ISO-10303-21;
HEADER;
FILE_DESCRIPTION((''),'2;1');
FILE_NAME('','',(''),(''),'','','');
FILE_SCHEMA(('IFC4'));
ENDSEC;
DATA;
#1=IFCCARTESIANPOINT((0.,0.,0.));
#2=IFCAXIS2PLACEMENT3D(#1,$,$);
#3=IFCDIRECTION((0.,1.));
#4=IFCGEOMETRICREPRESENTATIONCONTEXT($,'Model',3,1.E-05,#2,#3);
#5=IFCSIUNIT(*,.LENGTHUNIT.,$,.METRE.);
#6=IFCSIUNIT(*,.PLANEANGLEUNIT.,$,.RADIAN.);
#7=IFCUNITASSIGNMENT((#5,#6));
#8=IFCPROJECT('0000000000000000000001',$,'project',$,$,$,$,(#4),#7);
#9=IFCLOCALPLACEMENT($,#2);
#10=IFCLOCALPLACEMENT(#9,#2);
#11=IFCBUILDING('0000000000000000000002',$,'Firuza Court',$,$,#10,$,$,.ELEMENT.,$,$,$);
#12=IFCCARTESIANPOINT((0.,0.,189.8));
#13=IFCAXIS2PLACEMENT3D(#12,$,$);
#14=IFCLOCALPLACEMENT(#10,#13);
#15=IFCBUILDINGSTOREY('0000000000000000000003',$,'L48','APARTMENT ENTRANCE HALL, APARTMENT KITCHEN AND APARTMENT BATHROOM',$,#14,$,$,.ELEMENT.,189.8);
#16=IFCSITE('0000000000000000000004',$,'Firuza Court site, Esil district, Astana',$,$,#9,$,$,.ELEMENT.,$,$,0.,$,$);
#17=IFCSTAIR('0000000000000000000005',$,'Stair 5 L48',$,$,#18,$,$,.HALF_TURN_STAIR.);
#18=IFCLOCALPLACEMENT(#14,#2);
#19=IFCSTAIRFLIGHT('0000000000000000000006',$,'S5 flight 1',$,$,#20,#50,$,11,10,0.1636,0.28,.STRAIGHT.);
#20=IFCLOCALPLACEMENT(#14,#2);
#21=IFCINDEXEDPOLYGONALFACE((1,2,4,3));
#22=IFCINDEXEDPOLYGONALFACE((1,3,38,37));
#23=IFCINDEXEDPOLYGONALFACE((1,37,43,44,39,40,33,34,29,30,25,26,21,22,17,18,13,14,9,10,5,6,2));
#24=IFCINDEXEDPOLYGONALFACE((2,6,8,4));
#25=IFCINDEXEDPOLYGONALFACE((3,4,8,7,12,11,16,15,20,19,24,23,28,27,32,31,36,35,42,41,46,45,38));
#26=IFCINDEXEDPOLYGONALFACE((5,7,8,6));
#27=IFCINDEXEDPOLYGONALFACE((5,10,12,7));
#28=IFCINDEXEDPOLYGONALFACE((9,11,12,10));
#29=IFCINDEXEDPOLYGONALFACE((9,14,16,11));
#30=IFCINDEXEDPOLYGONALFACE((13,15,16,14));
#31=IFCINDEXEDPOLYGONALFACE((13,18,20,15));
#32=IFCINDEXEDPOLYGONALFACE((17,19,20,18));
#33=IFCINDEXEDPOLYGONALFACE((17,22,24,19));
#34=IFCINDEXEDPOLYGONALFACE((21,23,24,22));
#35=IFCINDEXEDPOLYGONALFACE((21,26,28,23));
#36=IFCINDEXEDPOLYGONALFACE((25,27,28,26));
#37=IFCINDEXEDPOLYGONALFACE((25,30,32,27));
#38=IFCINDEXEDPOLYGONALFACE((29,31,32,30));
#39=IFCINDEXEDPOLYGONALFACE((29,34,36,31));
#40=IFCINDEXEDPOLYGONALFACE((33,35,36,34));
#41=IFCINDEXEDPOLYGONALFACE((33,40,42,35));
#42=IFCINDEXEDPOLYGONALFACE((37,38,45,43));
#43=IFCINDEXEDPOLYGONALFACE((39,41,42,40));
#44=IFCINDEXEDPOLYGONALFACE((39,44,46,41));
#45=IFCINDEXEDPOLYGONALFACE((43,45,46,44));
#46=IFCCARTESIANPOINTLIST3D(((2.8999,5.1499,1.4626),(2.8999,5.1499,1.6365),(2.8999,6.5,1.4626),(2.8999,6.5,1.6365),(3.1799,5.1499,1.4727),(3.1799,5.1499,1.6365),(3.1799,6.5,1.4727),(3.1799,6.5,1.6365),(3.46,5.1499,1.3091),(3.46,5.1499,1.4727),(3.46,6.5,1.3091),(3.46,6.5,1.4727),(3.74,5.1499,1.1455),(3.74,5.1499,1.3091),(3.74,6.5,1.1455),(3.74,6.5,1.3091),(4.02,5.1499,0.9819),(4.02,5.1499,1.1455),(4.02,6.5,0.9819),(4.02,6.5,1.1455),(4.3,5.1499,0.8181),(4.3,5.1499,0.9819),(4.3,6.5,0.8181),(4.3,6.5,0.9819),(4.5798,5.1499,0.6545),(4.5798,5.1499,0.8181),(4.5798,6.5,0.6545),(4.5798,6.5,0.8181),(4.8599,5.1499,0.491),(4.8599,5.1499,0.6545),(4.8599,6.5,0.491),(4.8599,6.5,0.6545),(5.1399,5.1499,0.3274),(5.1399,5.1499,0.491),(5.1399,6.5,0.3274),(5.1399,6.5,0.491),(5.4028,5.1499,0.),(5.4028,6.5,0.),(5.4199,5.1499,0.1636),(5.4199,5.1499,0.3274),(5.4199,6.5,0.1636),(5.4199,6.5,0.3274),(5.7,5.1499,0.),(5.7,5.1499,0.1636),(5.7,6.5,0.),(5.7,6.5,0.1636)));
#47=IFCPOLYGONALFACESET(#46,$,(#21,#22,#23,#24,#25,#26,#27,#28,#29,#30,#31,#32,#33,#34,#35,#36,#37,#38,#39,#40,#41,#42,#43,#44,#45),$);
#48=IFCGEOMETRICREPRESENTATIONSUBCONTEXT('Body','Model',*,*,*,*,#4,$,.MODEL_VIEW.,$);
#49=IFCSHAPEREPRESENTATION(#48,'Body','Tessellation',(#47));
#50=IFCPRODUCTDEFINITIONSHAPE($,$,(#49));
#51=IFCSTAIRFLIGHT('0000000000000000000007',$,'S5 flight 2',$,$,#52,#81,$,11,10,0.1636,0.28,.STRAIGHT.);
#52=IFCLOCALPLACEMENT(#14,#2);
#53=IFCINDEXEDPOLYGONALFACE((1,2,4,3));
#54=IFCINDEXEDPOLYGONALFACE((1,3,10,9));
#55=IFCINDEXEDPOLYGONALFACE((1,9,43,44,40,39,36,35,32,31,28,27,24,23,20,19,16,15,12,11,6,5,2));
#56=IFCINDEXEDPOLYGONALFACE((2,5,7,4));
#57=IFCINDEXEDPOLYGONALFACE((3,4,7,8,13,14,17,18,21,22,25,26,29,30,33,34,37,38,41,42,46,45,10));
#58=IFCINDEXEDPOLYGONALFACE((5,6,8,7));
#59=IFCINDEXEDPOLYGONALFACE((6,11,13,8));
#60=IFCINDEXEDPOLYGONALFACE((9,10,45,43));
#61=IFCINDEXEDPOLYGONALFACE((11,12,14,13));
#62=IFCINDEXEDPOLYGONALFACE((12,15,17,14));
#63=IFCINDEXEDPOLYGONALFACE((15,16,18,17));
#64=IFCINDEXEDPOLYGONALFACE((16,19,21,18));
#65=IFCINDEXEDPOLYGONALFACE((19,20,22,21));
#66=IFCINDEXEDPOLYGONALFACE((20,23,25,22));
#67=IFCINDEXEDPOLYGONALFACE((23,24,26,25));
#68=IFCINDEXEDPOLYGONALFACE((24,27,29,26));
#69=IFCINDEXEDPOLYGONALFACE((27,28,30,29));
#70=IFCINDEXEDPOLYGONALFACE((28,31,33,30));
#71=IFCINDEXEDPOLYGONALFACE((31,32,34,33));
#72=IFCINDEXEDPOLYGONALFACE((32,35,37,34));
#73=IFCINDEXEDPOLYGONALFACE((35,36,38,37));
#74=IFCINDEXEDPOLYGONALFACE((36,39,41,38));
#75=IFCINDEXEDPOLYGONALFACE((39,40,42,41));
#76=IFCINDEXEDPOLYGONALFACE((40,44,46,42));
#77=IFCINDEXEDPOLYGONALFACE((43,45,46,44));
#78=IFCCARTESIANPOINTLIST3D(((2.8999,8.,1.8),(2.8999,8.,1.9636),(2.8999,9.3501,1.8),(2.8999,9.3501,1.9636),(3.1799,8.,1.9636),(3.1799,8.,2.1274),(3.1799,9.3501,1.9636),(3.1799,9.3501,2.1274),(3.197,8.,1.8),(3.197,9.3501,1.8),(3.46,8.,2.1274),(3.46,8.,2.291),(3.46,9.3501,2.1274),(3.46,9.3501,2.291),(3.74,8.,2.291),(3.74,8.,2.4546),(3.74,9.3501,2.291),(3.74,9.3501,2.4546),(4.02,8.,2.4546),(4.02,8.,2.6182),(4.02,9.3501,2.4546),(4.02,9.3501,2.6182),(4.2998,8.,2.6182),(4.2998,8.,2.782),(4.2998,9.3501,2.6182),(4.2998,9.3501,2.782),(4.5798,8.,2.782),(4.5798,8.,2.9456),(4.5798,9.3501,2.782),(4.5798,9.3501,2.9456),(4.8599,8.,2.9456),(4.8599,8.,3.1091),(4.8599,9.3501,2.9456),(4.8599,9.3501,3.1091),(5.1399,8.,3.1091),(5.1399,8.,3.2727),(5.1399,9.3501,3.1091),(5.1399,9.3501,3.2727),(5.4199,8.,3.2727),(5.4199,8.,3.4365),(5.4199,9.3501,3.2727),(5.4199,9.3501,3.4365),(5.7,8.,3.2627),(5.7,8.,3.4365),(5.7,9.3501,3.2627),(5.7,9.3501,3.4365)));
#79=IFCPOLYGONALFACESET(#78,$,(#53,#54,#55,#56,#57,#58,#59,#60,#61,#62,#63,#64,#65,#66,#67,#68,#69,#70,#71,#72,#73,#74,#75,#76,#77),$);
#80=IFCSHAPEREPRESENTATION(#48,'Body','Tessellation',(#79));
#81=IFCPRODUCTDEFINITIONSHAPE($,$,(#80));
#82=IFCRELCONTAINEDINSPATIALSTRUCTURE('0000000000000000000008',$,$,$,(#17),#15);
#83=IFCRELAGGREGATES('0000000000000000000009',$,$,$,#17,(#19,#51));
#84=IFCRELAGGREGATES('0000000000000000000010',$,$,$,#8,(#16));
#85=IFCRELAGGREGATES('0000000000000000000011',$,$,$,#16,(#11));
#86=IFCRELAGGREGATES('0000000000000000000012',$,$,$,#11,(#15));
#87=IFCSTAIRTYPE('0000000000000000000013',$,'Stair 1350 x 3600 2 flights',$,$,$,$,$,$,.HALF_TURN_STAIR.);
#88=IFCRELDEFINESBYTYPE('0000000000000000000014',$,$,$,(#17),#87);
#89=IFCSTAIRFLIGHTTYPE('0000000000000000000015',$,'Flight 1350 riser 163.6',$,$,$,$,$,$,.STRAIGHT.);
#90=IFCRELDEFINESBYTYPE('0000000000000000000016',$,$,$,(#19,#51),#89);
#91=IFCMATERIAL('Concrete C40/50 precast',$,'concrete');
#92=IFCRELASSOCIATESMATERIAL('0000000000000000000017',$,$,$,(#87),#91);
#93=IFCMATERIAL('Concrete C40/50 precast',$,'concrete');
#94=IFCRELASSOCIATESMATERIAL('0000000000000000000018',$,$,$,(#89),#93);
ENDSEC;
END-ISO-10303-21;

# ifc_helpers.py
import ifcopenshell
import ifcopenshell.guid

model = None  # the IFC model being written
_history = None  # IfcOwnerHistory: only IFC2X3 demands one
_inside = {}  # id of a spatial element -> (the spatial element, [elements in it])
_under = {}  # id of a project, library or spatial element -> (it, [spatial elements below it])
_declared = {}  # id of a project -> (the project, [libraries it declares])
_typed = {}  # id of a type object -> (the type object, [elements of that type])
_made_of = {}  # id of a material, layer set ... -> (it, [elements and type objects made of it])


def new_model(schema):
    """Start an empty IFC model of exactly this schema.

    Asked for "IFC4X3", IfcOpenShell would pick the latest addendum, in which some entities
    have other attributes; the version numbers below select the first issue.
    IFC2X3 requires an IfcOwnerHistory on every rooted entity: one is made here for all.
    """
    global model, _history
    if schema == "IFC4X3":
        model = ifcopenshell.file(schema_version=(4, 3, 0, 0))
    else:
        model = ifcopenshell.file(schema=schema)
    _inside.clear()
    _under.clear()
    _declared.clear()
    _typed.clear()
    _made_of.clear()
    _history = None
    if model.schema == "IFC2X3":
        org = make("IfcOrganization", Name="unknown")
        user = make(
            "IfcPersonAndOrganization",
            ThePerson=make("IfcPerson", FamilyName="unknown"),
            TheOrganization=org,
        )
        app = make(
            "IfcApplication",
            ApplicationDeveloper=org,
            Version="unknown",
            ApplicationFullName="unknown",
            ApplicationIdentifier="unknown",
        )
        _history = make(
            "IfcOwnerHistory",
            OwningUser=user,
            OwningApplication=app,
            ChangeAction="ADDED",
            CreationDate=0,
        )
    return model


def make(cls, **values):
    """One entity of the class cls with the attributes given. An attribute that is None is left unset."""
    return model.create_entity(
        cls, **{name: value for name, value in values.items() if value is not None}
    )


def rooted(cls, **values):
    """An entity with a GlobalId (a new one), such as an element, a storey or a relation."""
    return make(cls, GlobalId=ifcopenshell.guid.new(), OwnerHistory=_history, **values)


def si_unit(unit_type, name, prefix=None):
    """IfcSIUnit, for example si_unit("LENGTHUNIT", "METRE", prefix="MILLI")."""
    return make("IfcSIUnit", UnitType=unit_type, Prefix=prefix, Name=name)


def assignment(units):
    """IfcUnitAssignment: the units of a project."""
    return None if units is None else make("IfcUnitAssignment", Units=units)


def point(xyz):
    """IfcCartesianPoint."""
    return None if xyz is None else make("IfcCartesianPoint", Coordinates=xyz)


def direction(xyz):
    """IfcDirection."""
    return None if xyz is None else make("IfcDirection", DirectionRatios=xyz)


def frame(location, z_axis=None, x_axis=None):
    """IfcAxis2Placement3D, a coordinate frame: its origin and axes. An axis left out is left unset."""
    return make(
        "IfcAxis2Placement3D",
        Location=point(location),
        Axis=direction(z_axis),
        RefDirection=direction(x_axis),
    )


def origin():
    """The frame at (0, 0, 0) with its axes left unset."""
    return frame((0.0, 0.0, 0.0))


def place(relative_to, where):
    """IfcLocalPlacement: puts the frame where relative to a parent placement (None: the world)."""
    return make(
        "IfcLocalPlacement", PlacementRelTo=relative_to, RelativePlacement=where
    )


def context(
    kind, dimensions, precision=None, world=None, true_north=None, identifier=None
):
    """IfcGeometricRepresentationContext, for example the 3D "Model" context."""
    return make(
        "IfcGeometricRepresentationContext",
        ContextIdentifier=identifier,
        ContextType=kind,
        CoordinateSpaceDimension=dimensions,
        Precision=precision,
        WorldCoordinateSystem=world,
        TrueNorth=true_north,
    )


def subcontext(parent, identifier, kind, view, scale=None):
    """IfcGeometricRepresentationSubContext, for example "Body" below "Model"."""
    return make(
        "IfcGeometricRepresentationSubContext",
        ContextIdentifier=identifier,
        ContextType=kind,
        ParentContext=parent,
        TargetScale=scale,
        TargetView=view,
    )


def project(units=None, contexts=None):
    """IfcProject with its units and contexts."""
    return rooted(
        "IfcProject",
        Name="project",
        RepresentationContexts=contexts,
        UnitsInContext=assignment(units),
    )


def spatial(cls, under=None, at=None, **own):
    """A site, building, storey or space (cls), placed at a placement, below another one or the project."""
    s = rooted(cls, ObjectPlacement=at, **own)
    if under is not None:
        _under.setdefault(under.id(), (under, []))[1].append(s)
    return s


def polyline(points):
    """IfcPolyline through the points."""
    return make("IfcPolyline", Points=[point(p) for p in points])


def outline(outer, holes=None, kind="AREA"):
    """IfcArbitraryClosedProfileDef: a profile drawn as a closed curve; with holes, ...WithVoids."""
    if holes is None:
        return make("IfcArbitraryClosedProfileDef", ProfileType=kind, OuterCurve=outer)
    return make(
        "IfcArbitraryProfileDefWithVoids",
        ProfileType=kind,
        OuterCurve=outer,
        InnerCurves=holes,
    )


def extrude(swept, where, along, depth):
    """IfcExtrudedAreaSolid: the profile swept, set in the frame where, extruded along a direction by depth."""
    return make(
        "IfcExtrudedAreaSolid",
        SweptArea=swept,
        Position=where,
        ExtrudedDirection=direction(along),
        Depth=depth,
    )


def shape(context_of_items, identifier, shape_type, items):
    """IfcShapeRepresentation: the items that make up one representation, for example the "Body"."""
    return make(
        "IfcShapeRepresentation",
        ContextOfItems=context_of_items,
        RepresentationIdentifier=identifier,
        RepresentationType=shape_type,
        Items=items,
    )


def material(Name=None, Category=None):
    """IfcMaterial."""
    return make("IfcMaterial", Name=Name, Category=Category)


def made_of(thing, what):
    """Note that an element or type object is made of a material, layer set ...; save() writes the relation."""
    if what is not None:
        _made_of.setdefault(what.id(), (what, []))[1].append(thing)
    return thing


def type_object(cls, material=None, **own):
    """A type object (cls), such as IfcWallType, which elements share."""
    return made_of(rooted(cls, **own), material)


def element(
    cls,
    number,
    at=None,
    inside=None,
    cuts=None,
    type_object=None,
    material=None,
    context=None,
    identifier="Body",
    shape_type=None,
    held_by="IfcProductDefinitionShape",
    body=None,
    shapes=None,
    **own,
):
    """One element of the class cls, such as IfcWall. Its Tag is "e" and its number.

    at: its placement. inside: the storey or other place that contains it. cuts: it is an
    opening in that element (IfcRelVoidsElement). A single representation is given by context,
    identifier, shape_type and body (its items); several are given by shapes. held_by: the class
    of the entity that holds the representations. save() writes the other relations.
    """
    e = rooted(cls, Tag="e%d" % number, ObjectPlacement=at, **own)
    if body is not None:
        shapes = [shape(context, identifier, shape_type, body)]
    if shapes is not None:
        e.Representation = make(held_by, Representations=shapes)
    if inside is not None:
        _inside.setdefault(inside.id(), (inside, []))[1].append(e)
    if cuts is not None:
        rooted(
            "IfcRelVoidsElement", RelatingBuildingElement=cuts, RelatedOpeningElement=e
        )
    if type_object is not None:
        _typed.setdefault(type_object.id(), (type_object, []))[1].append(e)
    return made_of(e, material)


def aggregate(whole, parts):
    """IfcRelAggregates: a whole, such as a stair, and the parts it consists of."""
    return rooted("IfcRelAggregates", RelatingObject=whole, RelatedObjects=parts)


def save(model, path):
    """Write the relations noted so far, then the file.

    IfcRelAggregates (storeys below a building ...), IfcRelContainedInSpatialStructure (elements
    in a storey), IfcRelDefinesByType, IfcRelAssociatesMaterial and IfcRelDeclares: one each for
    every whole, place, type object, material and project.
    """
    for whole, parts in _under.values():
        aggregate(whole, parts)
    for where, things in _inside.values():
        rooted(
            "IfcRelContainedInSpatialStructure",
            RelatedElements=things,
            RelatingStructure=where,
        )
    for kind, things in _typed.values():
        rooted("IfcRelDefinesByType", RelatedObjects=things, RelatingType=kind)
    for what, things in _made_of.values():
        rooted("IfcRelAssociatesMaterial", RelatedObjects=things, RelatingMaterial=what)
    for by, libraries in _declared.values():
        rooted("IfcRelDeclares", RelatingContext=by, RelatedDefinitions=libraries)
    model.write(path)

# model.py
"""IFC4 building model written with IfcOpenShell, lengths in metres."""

from ifc_helpers import new_model, si_unit, direction, frame, origin, place, context, subcontext, project, spatial, polyline, outline, extrude, material, type_object, element, aggregate, save


model = new_model("IFC4")

# Units and contexts
model_context = context("Model", 3, precision=1e-05, world=origin(), true_north=direction((0.0, 1.0)))
body_context = subcontext(model_context, "Body", "Model", "MODEL_VIEW")
ifc_project = project(units=[si_unit("LENGTHUNIT", "METRE"), si_unit("PLANEANGLEUNIT", "RADIAN")], contexts=[model_context])

# Site, building, storey
site_placement = place(None, origin())
site = spatial("IfcSite", under=ifc_project, at=site_placement, Name="Firuza Court site, Esil district, Astana", CompositionType="ELEMENT", RefElevation=0.0)
building_placement = place(site_placement, origin())
building = spatial("IfcBuilding", under=site, at=building_placement, Name="Firuza Court", CompositionType="ELEMENT")
storey_placement = place(building_placement, frame((0.0, 0.0, 189.8)))
storey = spatial("IfcBuildingStorey", under=building, at=storey_placement, Name="L48", Description="APARTMENT ENTRANCE HALL, APARTMENT KITCHEN AND APARTMENT BATHROOM", CompositionType="ELEMENT", Elevation=189.8)

# Stair, stair flights
ifc_material_1 = material(Name="Concrete C40/50 precast", Category="concrete")
stair_type = type_object("IfcStairType", Name="Stair 1350 x 3600 2 flights", PredefinedType="HALF_TURN_STAIR", material=ifc_material_1)
stair_placement = place(storey_placement, origin())
stair = element("IfcStair", 1, at=stair_placement, inside=storey, type_object=stair_type, Name="Stair 5 L48", PredefinedType="HALF_TURN_STAIR")
ifc_material_2 = material(Name="Concrete C40/50 precast", Category="concrete")
stair_flight_type = type_object("IfcStairFlightType", Name="Flight 1350 riser 163.6", PredefinedType="STRAIGHT", material=ifc_material_2)
stair_flight_1_placement = place(storey_placement, frame((5.7, 5.825, 0.0), z_axis=(0.0, 0.0, 1.0), x_axis=(-1.0, 0.0, 0.0)))
stair_flight_1 = element("IfcStairFlight", 2, at=stair_flight_1_placement, type_object=stair_flight_type, Name="S5 flight 1", NumberOfRisers=11, NumberOfTreads=10, PredefinedType="STRAIGHT", RiserHeight=0.1636, TreadLength=0.28, context=body_context, shape_type="SweptSolid", body=[
    extrude(outline(polyline([(0.0, 0.0), (0.0, 0.1636), (0.28, 0.1636), (0.28, 0.3274), (0.5601, 0.3274), (0.5601, 0.491), (0.8401, 0.491), (0.8401, 0.6545), (1.1201, 0.6545), (1.1201, 0.8181), (1.3999, 0.8181), (1.3999, 0.9819), (1.6799, 0.9819), (1.6799, 1.1455), (1.96, 1.1455), (1.96, 1.3091), (2.24, 1.3091), (2.24, 1.4727), (2.52, 1.4727), (2.52, 1.6365), (2.8, 1.6365), (2.8, 1.8), (2.8, 1.4626), (0.2971, 0.0), (0.0, 0.0)])), frame((0.0, 0.675, 0.0), z_axis=(0.0, -1.0, 0.0), x_axis=(1.0, 0.0, 0.0)), (0.0, 0.0, 1.0), 1.3501),
])
stair_flight_2_placement = place(storey_placement, frame((2.8999, 8.675, 1.8), z_axis=(0.0, 0.0, 1.0), x_axis=(1.0, 0.0, 0.0)))
stair_flight_2 = element("IfcStairFlight", 3, at=stair_flight_2_placement, type_object=stair_flight_type, Name="S5 flight 2", NumberOfRisers=11, NumberOfTreads=10, PredefinedType="STRAIGHT", RiserHeight=0.1636, TreadLength=0.28, context=body_context, shape_type="SweptSolid", body=[
    extrude(outline(polyline([(0.0, 0.0), (0.0, 0.1636), (0.28, 0.1636), (0.28, 0.3274), (0.5601, 0.3274), (0.5601, 0.491), (0.8401, 0.491), (0.8401, 0.6545), (1.1201, 0.6545), (1.1201, 0.8181), (1.3999, 0.8181), (1.3999, 0.9819), (1.6799, 0.9819), (1.6799, 1.1455), (1.96, 1.1455), (1.96, 1.3091), (2.24, 1.3091), (2.24, 1.4727), (2.52, 1.4727), (2.52, 1.6365), (2.8, 1.6365), (2.8, 1.8), (2.8, 1.4626), (0.2971, 0.0), (0.0, 0.0)])), frame((0.0, 0.675, 0.0), z_axis=(0.0, -1.0, 0.0), x_axis=(1.0, 0.0, 0.0)), (0.0, 0.0, 1.0), 1.3501),
])
aggregate(stair, [stair_flight_1, stair_flight_2])

save(model, "model.ifc")
